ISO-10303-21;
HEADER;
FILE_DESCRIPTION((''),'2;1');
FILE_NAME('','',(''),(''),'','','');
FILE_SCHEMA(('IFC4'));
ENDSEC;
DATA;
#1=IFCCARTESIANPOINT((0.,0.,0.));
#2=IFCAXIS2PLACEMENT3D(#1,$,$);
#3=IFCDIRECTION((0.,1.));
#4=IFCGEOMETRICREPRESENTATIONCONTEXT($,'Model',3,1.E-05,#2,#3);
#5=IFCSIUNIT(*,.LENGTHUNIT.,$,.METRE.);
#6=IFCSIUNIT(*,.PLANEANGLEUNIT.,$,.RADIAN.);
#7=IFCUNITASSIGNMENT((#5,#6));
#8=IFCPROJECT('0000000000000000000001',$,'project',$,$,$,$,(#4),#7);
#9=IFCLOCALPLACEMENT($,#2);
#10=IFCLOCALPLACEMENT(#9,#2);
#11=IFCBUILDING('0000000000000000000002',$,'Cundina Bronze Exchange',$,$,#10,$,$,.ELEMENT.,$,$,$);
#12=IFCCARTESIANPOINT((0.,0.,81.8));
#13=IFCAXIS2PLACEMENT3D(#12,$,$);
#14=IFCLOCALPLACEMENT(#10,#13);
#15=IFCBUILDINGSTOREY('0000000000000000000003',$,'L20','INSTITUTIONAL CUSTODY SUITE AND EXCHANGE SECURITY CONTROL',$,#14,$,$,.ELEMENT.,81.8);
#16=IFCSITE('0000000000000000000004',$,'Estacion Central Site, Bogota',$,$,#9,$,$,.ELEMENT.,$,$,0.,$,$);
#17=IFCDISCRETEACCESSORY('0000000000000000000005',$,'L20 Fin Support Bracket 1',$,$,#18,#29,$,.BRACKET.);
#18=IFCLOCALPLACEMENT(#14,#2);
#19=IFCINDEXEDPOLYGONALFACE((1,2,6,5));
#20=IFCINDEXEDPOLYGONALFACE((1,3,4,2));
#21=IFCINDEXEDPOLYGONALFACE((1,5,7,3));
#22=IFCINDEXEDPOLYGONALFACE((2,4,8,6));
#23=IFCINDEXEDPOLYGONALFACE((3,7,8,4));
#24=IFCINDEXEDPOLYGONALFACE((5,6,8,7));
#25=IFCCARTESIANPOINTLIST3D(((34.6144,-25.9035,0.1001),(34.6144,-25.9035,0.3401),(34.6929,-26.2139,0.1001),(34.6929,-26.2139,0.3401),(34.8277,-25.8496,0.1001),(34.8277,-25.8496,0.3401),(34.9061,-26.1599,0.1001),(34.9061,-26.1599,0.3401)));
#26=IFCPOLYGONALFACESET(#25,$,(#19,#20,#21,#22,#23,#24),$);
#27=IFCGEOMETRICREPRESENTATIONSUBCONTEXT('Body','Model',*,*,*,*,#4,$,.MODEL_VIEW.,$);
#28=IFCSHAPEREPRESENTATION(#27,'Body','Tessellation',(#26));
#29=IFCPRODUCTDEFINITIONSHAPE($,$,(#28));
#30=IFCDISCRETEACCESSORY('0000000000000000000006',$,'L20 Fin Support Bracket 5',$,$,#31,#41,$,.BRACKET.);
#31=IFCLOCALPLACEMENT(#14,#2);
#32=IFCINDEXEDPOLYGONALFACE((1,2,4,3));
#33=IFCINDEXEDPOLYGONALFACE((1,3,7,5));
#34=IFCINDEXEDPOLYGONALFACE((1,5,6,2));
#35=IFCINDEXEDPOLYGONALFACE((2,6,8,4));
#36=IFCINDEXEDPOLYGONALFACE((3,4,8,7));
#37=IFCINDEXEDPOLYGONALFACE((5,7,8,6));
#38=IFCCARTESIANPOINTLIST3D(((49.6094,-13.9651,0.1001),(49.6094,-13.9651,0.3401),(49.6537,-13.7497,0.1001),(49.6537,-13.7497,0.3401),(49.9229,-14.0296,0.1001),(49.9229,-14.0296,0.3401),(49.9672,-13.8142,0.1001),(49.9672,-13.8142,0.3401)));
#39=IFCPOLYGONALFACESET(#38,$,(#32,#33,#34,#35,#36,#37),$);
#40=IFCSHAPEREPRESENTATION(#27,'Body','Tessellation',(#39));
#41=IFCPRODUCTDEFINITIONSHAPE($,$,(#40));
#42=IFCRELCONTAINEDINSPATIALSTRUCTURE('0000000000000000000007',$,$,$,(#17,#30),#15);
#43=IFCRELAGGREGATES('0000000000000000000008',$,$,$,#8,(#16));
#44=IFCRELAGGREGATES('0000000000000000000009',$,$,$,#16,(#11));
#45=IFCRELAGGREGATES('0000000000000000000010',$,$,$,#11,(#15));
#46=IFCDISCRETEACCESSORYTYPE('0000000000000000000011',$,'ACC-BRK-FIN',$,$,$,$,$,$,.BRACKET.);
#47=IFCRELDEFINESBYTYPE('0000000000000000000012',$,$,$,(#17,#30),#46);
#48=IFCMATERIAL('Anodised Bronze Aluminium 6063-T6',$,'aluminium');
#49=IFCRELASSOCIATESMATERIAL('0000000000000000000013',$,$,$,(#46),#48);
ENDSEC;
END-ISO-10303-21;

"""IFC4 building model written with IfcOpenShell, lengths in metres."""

from ifc_helpers import new_model, si_unit, direction, frame, origin, origin_2d, place, context, subcontext, project, spatial, rectangle, extrude, material, type_object, element, save


model = new_model("IFC4")

# Units and contexts
model_context = context("Model", 3, precision=1e-05, world=origin(), true_north=direction((0.0, 1.0)))
body_context = subcontext(model_context, "Body", "Model", "MODEL_VIEW")
ifc_project = project(units=[si_unit("LENGTHUNIT", "METRE"), si_unit("PLANEANGLEUNIT", "RADIAN")], contexts=[model_context])

# Site, building, storey
site_placement = place(None, origin())
site = spatial("IfcSite", under=ifc_project, at=site_placement, Name="Estacion Central Site, Bogota", CompositionType="ELEMENT", RefElevation=0.0)
building_placement = place(site_placement, origin())
building = spatial("IfcBuilding", under=site, at=building_placement, Name="Cundina Bronze Exchange", CompositionType="ELEMENT")
storey_placement = place(building_placement, frame((0.0, 0.0, 81.8)))
storey = spatial("IfcBuildingStorey", under=building, at=storey_placement, Name="L20", Description="INSTITUTIONAL CUSTODY SUITE AND EXCHANGE SECURITY CONTROL", CompositionType="ELEMENT", Elevation=81.8)

# Shared definitions
ifc_material_1 = material(Name="Anodised Bronze Aluminium 6063-T6", Category="aluminium")

# Discrete accessories
discrete_accessory_type = type_object("IfcDiscreteAccessoryType", Name="ACC-BRK-FIN", PredefinedType="BRACKET", material=ifc_material_1)
for number, where, z_axis, x_axis, name in (
    (1, (34.7603, -26.0317, 0.1001), (0.0, 0.0, 1.0), (0.969488, 0.245138, 0.0), "L20 Fin Support Bracket 1"),
    (2, (49.7883, -13.8896, 0.1001), (0.0, 0.0, 1.0), (0.20142, 0.979505, 0.0), "L20 Fin Support Bracket 5"),
):
    element("IfcDiscreteAccessory", number, at=place(storey_placement, frame(where, z_axis=z_axis, x_axis=x_axis)), inside=storey, type_object=discrete_accessory_type, Name=name, PredefinedType="BRACKET", context=body_context, shape_type="SweptSolid", body=[
        extrude(rectangle(XDim=0.22, YDim=0.3201, at=origin_2d()), origin(), (0.0, 0.0, 1.0), 0.24),
    ])

save(model, "model.ifc")
